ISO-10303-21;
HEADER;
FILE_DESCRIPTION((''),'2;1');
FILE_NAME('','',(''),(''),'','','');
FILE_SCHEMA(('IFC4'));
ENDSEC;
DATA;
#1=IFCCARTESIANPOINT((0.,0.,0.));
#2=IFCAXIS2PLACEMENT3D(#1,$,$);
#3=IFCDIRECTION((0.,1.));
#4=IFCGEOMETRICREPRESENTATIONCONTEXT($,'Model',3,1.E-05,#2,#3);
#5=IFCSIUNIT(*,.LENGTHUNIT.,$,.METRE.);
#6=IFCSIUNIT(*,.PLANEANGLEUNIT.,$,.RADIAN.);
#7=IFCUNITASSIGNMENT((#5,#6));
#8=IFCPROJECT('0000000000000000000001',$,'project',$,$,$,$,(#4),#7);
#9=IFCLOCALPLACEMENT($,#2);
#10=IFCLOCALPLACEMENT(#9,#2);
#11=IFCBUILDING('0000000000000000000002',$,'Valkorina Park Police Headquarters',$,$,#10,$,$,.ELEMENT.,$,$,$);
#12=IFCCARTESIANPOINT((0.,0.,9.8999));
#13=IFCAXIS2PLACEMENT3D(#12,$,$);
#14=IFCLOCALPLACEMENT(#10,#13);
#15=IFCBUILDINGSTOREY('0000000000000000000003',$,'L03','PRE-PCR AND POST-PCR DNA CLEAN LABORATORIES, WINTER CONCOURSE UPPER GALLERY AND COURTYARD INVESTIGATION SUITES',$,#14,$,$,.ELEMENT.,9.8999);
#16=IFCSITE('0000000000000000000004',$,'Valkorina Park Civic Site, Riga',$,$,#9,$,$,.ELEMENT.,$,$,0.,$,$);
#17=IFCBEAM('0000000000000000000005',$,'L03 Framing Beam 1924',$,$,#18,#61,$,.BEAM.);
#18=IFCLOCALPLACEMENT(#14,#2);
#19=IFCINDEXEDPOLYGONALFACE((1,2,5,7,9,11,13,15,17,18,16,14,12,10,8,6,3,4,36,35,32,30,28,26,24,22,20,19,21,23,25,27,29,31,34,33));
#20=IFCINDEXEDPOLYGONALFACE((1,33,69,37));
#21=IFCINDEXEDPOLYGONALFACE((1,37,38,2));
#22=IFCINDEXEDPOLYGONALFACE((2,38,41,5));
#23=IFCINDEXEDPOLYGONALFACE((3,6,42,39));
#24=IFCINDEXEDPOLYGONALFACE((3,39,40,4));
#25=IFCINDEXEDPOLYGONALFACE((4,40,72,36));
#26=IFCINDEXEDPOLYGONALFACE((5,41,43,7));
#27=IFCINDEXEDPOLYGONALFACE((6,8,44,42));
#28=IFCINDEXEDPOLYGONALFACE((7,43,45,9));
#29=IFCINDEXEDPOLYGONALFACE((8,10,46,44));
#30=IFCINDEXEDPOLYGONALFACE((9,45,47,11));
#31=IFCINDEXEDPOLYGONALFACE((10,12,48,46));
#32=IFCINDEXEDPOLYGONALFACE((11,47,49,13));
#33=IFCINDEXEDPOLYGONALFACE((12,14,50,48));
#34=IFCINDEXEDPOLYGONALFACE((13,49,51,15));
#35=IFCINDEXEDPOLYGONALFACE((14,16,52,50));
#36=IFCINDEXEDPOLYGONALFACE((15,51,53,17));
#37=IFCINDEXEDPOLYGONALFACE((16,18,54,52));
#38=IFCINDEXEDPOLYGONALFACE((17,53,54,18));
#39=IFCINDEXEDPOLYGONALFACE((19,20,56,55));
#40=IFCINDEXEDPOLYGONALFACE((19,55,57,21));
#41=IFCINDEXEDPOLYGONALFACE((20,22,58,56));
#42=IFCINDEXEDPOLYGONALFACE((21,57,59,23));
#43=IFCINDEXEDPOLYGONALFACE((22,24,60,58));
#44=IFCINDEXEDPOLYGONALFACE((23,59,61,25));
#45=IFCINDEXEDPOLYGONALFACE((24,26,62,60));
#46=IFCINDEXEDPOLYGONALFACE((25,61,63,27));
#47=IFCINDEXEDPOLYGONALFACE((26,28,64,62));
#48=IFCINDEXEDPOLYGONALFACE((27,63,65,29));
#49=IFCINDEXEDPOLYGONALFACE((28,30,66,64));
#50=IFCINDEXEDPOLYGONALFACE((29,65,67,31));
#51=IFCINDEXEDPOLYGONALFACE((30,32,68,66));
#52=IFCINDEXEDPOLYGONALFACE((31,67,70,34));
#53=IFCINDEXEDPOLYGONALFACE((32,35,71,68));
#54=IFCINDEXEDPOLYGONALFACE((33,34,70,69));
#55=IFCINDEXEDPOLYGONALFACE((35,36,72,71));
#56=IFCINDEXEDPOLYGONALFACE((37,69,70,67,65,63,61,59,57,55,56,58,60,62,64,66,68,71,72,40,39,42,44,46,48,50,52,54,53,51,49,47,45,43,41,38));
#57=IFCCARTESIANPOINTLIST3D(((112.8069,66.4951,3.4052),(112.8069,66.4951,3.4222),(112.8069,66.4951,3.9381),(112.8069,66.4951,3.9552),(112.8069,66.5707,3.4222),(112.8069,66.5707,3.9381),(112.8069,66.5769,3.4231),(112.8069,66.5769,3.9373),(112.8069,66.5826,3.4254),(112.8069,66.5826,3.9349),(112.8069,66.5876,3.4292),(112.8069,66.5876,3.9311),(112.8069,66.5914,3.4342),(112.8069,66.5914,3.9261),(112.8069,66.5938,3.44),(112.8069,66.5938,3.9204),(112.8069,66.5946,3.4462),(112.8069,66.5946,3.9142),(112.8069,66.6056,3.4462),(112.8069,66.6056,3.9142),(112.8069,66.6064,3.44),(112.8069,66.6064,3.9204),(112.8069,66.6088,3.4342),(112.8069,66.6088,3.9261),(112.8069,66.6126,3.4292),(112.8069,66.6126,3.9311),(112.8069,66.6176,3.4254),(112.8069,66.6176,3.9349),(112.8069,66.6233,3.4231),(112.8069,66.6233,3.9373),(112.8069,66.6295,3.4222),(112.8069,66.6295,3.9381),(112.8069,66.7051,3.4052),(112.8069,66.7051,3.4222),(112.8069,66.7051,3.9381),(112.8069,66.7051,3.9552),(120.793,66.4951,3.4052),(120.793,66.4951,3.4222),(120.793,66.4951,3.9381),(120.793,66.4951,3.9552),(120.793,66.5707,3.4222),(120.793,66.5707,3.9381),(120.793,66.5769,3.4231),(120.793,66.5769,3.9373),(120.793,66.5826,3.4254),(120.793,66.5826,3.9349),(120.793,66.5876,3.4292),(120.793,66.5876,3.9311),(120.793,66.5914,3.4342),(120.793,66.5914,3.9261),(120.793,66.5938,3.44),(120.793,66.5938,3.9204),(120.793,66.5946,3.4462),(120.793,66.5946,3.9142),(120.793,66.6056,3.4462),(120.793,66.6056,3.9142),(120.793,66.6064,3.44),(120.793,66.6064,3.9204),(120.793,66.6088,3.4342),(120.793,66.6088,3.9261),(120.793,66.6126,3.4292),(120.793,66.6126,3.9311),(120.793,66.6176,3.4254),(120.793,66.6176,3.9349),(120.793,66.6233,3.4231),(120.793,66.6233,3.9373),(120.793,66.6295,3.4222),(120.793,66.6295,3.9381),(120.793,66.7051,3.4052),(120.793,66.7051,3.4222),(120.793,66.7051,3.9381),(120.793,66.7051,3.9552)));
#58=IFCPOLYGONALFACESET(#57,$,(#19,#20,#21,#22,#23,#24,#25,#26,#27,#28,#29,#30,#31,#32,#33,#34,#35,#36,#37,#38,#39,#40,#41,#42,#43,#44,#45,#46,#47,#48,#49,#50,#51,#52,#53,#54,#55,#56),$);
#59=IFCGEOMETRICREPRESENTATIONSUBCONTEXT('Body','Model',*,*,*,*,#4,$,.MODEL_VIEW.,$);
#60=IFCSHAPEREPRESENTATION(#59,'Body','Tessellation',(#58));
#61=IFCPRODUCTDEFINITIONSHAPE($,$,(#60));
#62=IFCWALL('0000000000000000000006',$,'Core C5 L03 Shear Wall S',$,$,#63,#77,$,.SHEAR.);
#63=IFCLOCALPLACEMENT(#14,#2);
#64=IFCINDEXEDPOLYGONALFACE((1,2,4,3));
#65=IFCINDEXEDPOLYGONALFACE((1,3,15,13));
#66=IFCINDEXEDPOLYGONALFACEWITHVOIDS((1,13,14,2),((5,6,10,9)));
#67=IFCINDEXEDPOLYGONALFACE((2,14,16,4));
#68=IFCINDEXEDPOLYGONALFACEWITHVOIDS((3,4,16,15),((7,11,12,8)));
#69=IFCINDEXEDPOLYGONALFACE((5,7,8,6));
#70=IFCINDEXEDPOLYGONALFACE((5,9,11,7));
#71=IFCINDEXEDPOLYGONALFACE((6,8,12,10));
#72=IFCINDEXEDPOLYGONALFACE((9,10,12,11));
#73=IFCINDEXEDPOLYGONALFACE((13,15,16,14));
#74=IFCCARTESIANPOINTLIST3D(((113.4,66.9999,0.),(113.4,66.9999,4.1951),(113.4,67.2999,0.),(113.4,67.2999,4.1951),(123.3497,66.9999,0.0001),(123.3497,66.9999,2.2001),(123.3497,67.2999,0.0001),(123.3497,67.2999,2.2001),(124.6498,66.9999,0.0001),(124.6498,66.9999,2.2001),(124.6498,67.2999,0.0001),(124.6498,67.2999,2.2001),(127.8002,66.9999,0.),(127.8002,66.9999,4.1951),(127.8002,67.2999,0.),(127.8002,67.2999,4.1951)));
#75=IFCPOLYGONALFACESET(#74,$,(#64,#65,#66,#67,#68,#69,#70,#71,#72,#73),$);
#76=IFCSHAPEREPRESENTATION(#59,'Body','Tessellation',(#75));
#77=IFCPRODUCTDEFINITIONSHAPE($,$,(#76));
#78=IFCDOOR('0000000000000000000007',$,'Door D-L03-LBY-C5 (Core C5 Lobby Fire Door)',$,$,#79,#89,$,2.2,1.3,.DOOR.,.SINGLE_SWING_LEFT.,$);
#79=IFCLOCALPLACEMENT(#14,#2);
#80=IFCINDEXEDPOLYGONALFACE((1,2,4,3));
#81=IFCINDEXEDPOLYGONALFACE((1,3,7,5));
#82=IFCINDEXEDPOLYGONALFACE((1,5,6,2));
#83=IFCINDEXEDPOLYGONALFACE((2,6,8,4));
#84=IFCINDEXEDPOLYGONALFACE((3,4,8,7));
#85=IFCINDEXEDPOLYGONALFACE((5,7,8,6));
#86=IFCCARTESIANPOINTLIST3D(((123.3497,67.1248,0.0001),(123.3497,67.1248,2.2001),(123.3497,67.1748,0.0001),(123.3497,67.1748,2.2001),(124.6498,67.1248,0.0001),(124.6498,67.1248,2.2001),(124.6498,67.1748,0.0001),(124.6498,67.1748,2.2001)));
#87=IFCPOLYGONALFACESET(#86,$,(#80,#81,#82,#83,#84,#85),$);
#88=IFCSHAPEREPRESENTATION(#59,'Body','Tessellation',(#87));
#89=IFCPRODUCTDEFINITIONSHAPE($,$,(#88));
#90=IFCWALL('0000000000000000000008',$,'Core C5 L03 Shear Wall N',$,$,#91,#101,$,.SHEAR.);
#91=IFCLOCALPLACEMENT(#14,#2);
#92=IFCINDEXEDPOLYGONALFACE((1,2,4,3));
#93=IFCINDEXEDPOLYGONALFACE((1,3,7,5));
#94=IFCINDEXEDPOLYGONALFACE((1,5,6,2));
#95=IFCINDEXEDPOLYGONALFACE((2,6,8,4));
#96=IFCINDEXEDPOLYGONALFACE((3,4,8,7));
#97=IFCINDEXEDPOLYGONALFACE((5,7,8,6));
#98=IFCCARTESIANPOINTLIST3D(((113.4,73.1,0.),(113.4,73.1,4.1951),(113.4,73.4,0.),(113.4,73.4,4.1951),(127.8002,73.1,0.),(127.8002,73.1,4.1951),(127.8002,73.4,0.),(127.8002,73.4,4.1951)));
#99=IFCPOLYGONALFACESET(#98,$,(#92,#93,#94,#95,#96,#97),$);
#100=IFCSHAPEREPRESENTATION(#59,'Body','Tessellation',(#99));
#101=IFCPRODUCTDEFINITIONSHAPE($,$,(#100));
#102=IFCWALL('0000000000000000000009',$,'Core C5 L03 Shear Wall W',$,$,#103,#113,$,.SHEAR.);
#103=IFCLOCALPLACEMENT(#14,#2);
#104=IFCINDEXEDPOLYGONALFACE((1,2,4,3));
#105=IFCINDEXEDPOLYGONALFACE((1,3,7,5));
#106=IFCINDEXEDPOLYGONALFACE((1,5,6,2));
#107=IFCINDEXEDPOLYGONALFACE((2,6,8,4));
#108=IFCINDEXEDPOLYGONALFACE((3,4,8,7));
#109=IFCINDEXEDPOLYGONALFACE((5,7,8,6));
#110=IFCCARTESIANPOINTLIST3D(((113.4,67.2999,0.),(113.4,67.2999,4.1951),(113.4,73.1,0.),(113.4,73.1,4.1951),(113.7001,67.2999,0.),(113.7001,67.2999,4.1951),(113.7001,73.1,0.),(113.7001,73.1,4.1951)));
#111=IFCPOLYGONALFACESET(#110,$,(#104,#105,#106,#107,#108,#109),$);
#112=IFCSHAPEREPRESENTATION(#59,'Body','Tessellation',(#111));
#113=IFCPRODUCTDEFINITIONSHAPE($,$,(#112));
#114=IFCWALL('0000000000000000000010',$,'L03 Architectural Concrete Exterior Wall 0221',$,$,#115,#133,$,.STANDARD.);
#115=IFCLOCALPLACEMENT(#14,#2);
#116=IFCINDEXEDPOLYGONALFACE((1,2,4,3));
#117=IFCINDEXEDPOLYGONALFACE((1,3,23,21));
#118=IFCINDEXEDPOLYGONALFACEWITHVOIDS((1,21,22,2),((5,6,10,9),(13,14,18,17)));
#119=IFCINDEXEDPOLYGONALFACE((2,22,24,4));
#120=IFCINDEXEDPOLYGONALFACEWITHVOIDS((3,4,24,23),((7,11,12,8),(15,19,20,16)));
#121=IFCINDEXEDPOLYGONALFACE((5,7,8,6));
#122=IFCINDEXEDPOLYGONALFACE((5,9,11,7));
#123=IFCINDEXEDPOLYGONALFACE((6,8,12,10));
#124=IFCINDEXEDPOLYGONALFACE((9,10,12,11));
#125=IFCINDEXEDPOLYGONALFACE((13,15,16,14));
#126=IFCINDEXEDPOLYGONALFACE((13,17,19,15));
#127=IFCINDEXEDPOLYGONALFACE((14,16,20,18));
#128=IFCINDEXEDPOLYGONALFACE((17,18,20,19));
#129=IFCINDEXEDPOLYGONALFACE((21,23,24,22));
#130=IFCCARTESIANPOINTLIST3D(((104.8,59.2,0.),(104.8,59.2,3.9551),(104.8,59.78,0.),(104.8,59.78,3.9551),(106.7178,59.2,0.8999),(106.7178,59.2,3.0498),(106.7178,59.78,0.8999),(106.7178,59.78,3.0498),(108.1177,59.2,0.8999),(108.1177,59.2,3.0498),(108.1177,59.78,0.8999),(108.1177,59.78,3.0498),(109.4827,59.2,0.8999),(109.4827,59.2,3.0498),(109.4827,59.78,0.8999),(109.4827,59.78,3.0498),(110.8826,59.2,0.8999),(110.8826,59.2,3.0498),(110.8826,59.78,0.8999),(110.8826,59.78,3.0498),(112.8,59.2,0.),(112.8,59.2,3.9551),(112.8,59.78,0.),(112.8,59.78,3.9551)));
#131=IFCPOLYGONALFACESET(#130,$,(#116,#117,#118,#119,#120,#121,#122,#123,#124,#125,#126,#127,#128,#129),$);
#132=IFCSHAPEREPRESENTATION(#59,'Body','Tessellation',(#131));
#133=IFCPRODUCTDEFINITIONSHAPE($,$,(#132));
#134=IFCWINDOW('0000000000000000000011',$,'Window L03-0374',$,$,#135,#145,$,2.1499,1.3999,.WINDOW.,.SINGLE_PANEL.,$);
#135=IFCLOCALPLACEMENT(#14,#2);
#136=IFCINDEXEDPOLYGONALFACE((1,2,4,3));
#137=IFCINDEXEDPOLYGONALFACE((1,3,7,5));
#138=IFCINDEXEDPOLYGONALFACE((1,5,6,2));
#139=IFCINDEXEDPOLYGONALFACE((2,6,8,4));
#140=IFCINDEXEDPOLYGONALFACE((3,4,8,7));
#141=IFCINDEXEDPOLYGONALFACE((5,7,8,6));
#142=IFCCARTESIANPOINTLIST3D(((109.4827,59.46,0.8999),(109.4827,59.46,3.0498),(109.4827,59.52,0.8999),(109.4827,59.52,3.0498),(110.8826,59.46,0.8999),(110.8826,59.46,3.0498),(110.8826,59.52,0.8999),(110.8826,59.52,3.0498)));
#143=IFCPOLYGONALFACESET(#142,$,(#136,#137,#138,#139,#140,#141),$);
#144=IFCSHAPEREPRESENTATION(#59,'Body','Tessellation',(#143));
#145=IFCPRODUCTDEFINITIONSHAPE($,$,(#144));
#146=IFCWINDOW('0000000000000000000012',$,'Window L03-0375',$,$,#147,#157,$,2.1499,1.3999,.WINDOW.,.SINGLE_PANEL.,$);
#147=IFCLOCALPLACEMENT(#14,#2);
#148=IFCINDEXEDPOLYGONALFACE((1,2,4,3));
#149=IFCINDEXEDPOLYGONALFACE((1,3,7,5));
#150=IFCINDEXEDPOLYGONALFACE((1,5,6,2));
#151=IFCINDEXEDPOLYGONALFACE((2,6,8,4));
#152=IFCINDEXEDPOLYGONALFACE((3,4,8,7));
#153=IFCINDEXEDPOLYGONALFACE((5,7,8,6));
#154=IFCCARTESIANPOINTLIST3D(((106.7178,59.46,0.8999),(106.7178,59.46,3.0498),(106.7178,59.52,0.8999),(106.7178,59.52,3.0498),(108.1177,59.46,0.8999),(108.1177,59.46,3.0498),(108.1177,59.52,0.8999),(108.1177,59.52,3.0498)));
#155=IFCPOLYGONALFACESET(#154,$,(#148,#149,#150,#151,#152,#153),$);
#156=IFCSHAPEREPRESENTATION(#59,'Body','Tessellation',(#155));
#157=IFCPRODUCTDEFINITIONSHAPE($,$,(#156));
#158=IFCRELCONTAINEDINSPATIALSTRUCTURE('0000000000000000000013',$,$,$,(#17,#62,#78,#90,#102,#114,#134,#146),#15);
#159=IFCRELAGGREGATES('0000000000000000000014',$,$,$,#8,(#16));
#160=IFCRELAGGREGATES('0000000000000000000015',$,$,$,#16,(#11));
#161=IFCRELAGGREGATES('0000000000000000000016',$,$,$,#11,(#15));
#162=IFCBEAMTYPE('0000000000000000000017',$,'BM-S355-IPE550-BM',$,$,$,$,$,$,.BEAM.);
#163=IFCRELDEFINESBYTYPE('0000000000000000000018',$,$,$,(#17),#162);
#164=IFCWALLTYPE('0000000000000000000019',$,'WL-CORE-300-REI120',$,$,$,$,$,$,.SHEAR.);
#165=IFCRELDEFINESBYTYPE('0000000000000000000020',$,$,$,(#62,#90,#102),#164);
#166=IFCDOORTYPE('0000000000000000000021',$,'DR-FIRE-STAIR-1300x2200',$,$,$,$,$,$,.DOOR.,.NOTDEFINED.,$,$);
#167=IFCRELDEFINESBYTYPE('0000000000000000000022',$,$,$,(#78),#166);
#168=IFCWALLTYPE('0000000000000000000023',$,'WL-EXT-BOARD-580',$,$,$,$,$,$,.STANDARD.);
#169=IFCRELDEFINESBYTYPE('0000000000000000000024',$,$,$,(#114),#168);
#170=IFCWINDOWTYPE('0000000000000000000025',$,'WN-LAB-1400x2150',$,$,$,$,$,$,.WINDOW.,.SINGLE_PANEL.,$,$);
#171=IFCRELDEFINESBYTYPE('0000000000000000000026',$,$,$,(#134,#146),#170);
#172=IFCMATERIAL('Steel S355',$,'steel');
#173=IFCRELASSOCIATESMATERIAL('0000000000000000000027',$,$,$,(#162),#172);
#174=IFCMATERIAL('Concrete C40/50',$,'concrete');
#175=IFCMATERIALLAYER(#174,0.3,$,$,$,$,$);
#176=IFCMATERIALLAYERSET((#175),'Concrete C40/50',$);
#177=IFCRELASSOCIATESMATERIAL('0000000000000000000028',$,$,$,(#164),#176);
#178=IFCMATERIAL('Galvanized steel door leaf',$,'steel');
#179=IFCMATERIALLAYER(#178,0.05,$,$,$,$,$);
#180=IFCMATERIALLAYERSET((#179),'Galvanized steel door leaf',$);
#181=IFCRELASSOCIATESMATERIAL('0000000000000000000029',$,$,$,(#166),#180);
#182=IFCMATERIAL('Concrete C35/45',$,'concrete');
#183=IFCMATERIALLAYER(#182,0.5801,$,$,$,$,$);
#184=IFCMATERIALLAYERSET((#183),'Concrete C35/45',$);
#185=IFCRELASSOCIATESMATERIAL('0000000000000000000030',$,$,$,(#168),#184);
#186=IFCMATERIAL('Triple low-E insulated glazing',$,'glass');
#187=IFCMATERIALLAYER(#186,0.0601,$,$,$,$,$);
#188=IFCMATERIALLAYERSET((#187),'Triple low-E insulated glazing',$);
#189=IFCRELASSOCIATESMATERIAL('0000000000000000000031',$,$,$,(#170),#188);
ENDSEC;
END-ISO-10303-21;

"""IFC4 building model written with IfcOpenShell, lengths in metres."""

from ifc_helpers import new_model, si_unit, direction, frame, frame_2d, origin, origin_2d, place, context, subcontext, project, spatial, rectangle, i_section, extrude, material, layer, layer_set, material_profile, profile_set, type_object, element, fill, save


model = new_model("IFC4")

# Units and contexts
model_context = context("Model", 3, precision=1e-05, world=origin(), true_north=direction((0.0, 1.0)))
body_context = subcontext(model_context, "Body", "Model", "MODEL_VIEW")
ifc_project = project(units=[si_unit("LENGTHUNIT", "METRE"), si_unit("PLANEANGLEUNIT", "RADIAN")], contexts=[model_context])

# Site, building, storey
site_placement = place(None, origin())
site = spatial("IfcSite", under=ifc_project, at=site_placement, Name="Valkorina Park Civic Site, Riga", CompositionType="ELEMENT", RefElevation=0.0)
building_placement = place(site_placement, origin())
building = spatial("IfcBuilding", under=site, at=building_placement, Name="Valkorina Park Police Headquarters", CompositionType="ELEMENT")
storey_placement = place(building_placement, frame((0.0, 0.0, 9.8999)))
storey = spatial("IfcBuildingStorey", under=building, at=storey_placement, Name="L03", Description="PRE-PCR AND POST-PCR DNA CLEAN LABORATORIES, WINTER CONCOURSE UPPER GALLERY AND COURTYARD INVESTIGATION SUITES", CompositionType="ELEMENT", Elevation=9.8999)

# Shared definitions
ifc_material_1 = material(Name="Steel S355", Category="steel")

# Beam
ifc_material_profile_1 = material_profile(ifc_material_1, i_section(OverallWidth=0.21, OverallDepth=0.55, WebThickness=0.011, FlangeThickness=0.0171, FilletRadius=0.0239, at=origin_2d()), Name="IPE 550")
ifc_profile_set_1 = profile_set([ifc_material_profile_1], Name="Steel S355")
beam_type_1 = type_object("IfcBeamType", Name="BM-S355-IPE550-BM", PredefinedType="BEAM", material=ifc_profile_set_1)
for number, where, z_axis, x_axis, name in (
    (1, (112.8069, 66.6001, 3.6802), (1.0, 0.0, 0.0), (0.0, 1.0, 0.0), "L03 Framing Beam 1924"),
):
    element("IfcBeam", number, at=place(storey_placement, frame(where, z_axis=z_axis, x_axis=x_axis)), inside=storey, type_object=beam_type_1, Name=name, PredefinedType="BEAM", context=body_context, shape_type="SweptSolid", body=[
        extrude(i_section(OverallWidth=0.21, OverallDepth=0.55, WebThickness=0.011, FlangeThickness=0.0171, FilletRadius=0.0239, at=origin_2d()), origin(), (0.0, 0.0, 1.0), 7.9861),
    ])

# Wall, opening, door
ifc_material_2 = material(Name="Concrete C40/50", Category="concrete")
ifc_layer_1 = layer(ifc_material_2, 0.3)
ifc_layer_set_1 = layer_set([ifc_layer_1], Name="Concrete C40/50")
wall_type_1 = type_object("IfcWallType", Name="WL-CORE-300-REI120", PredefinedType="SHEAR", material=ifc_layer_set_1)
wall_1_placement = place(storey_placement, frame((113.3999, 67.1499, 0.0), z_axis=(0.0, 0.0, 1.0), x_axis=(1.0, 0.0, 0.0)))
wall_1 = element("IfcWall", 2, at=wall_1_placement, inside=storey, type_object=wall_type_1, Name="Core C5 L03 Shear Wall S", PredefinedType="SHEAR", context=body_context, shape_type="SweptSolid", body=[
    extrude(rectangle(XDim=14.4001, YDim=0.3, at=frame_2d((7.2002, 0.0))), origin(), (0.0, 0.0, 1.0), 4.1951),
])
opening_1_placement = place(wall_1_placement, frame((9.95, 0.0, 0.0)))
opening_1 = element("IfcOpeningElement", 3, at=opening_1_placement, cuts=wall_1, PredefinedType="OPENING", context=body_context, shape_type="SweptSolid", body=[
    extrude(rectangle(XDim=1.3, YDim=2.2, at=frame_2d((0.6499, 1.1001))), frame((0.0, 0.1602, 0.0), z_axis=(0.0, -1.0, 0.0), x_axis=(1.0, 0.0, 0.0)), (0.0, 0.0, 1.0), 0.3201),
])
ifc_material_3 = material(Name="Galvanized steel door leaf", Category="steel")
ifc_layer_2 = layer(ifc_material_3, 0.05)
ifc_layer_set_2 = layer_set([ifc_layer_2], Name="Galvanized steel door leaf")
door_type = type_object("IfcDoorType", Name="DR-FIRE-STAIR-1300x2200", OperationType="NOTDEFINED", PredefinedType="DOOR", material=ifc_layer_set_2)
door_1_placement = place(opening_1_placement, origin())
door_1 = element("IfcDoor", 4, at=door_1_placement, inside=storey, type_object=door_type, Name="Door D-L03-LBY-C5 (Core C5 Lobby Fire Door)", OperationType="SINGLE_SWING_LEFT", OverallHeight=2.2, OverallWidth=1.3, PredefinedType="DOOR", context=body_context, shape_type="SweptSolid", body=[
    extrude(rectangle(XDim=1.3, YDim=2.2, at=frame_2d((0.6499, 1.1001))), frame((0.0, 0.0249, 0.0), z_axis=(0.0, -1.0, 0.0), x_axis=(1.0, 0.0, 0.0)), (0.0, 0.0, 1.0), 0.05),
])
fill(opening_1, door_1)

# Walls
wall_2_placement = place(storey_placement, frame((113.3999, 73.25, 0.0), z_axis=(0.0, 0.0, 1.0), x_axis=(1.0, 0.0, 0.0)))
element("IfcWall", 5, at=wall_2_placement, inside=storey, type_object=wall_type_1, Name="Core C5 L03 Shear Wall N", PredefinedType="SHEAR", context=body_context, shape_type="SweptSolid", body=[
    extrude(rectangle(XDim=14.4001, YDim=0.3, at=frame_2d((7.2002, 0.0))), origin(), (0.0, 0.0, 1.0), 4.1951),
])
wall_3_placement = place(storey_placement, frame((113.55, 67.3, 0.0), z_axis=(0.0, 0.0, 1.0), x_axis=(0.0, 1.0, 0.0)))
element("IfcWall", 6, at=wall_3_placement, inside=storey, type_object=wall_type_1, Name="Core C5 L03 Shear Wall W", PredefinedType="SHEAR", context=body_context, shape_type="SweptSolid", body=[
    extrude(rectangle(XDim=5.8, YDim=0.3, at=frame_2d((2.8999, 0.0))), origin(), (0.0, 0.0, 1.0), 4.1951),
])

# Wall, openings, windows
ifc_material_4 = material(Name="Concrete C35/45", Category="concrete")
ifc_layer_3 = layer(ifc_material_4, 0.5801)
ifc_layer_set_3 = layer_set([ifc_layer_3], Name="Concrete C35/45")
wall_type_2 = type_object("IfcWallType", Name="WL-EXT-BOARD-580", PredefinedType="STANDARD", material=ifc_layer_set_3)
wall_4_placement = place(storey_placement, frame((112.8, 59.49, 0.0), z_axis=(0.0, 0.0, 1.0), x_axis=(-1.0, 0.0, 0.0)))
wall_4 = element("IfcWall", 7, at=wall_4_placement, inside=storey, type_object=wall_type_2, Name="L03 Architectural Concrete Exterior Wall 0221", PredefinedType="STANDARD", context=body_context, shape_type="SweptSolid", body=[
    extrude(rectangle(XDim=8.0, YDim=0.5801, at=frame_2d((4.0, 0.0))), origin(), (0.0, 0.0, 1.0), 3.9551),
])
opening_2_placement = place(wall_4_placement, frame((1.9175, 0.0, 0.8999)))
opening_2 = element("IfcOpeningElement", 8, at=opening_2_placement, cuts=wall_4, PredefinedType="OPENING", context=body_context, shape_type="SweptSolid", body=[
    extrude(rectangle(XDim=1.3999, YDim=2.1499, at=frame_2d((0.7, 1.075))), frame((0.0, 0.3, 0.0), z_axis=(0.0, -1.0, 0.0), x_axis=(1.0, 0.0, 0.0)), (0.0, 0.0, 1.0), 0.6001),
])
opening_3_placement = place(wall_4_placement, frame((4.6824, 0.0, 0.8999)))
opening_3 = element("IfcOpeningElement", 9, at=opening_3_placement, cuts=wall_4, PredefinedType="OPENING", context=body_context, shape_type="SweptSolid", body=[
    extrude(rectangle(XDim=1.3999, YDim=2.1499, at=frame_2d((0.7, 1.075))), frame((0.0, 0.3, 0.0), z_axis=(0.0, -1.0, 0.0), x_axis=(1.0, 0.0, 0.0)), (0.0, 0.0, 1.0), 0.6001),
])
ifc_material_5 = material(Name="Triple low-E insulated glazing", Category="glass")
ifc_layer_4 = layer(ifc_material_5, 0.0601)
ifc_layer_set_4 = layer_set([ifc_layer_4], Name="Triple low-E insulated glazing")
window_type = type_object("IfcWindowType", Name="WN-LAB-1400x2150", PartitioningType="SINGLE_PANEL", PredefinedType="WINDOW", material=ifc_layer_set_4)
window_1_placement = place(opening_2_placement, origin())
window_1 = element("IfcWindow", 10, at=window_1_placement, inside=storey, type_object=window_type, Name="Window L03-0374", OverallHeight=2.1499, OverallWidth=1.3999, PartitioningType="SINGLE_PANEL", PredefinedType="WINDOW", context=body_context, shape_type="SweptSolid", body=[
    extrude(rectangle(XDim=1.3999, YDim=2.1499, at=frame_2d((0.7, 1.075))), frame((0.0, 0.03, 0.0), z_axis=(0.0, -1.0, 0.0), x_axis=(1.0, 0.0, 0.0)), (0.0, 0.0, 1.0), 0.0601),
])
fill(opening_2, window_1)
window_2_placement = place(opening_3_placement, origin())
window_2 = element("IfcWindow", 11, at=window_2_placement, inside=storey, type_object=window_type, Name="Window L03-0375", OverallHeight=2.1499, OverallWidth=1.3999, PartitioningType="SINGLE_PANEL", PredefinedType="WINDOW", context=body_context, shape_type="SweptSolid", body=[
    extrude(rectangle(XDim=1.3999, YDim=2.1499, at=frame_2d((0.7, 1.075))), frame((0.0, 0.03, 0.0), z_axis=(0.0, -1.0, 0.0), x_axis=(1.0, 0.0, 0.0)), (0.0, 0.0, 1.0), 0.0601),
])
fill(opening_3, window_2)

save(model, "model.ifc")
